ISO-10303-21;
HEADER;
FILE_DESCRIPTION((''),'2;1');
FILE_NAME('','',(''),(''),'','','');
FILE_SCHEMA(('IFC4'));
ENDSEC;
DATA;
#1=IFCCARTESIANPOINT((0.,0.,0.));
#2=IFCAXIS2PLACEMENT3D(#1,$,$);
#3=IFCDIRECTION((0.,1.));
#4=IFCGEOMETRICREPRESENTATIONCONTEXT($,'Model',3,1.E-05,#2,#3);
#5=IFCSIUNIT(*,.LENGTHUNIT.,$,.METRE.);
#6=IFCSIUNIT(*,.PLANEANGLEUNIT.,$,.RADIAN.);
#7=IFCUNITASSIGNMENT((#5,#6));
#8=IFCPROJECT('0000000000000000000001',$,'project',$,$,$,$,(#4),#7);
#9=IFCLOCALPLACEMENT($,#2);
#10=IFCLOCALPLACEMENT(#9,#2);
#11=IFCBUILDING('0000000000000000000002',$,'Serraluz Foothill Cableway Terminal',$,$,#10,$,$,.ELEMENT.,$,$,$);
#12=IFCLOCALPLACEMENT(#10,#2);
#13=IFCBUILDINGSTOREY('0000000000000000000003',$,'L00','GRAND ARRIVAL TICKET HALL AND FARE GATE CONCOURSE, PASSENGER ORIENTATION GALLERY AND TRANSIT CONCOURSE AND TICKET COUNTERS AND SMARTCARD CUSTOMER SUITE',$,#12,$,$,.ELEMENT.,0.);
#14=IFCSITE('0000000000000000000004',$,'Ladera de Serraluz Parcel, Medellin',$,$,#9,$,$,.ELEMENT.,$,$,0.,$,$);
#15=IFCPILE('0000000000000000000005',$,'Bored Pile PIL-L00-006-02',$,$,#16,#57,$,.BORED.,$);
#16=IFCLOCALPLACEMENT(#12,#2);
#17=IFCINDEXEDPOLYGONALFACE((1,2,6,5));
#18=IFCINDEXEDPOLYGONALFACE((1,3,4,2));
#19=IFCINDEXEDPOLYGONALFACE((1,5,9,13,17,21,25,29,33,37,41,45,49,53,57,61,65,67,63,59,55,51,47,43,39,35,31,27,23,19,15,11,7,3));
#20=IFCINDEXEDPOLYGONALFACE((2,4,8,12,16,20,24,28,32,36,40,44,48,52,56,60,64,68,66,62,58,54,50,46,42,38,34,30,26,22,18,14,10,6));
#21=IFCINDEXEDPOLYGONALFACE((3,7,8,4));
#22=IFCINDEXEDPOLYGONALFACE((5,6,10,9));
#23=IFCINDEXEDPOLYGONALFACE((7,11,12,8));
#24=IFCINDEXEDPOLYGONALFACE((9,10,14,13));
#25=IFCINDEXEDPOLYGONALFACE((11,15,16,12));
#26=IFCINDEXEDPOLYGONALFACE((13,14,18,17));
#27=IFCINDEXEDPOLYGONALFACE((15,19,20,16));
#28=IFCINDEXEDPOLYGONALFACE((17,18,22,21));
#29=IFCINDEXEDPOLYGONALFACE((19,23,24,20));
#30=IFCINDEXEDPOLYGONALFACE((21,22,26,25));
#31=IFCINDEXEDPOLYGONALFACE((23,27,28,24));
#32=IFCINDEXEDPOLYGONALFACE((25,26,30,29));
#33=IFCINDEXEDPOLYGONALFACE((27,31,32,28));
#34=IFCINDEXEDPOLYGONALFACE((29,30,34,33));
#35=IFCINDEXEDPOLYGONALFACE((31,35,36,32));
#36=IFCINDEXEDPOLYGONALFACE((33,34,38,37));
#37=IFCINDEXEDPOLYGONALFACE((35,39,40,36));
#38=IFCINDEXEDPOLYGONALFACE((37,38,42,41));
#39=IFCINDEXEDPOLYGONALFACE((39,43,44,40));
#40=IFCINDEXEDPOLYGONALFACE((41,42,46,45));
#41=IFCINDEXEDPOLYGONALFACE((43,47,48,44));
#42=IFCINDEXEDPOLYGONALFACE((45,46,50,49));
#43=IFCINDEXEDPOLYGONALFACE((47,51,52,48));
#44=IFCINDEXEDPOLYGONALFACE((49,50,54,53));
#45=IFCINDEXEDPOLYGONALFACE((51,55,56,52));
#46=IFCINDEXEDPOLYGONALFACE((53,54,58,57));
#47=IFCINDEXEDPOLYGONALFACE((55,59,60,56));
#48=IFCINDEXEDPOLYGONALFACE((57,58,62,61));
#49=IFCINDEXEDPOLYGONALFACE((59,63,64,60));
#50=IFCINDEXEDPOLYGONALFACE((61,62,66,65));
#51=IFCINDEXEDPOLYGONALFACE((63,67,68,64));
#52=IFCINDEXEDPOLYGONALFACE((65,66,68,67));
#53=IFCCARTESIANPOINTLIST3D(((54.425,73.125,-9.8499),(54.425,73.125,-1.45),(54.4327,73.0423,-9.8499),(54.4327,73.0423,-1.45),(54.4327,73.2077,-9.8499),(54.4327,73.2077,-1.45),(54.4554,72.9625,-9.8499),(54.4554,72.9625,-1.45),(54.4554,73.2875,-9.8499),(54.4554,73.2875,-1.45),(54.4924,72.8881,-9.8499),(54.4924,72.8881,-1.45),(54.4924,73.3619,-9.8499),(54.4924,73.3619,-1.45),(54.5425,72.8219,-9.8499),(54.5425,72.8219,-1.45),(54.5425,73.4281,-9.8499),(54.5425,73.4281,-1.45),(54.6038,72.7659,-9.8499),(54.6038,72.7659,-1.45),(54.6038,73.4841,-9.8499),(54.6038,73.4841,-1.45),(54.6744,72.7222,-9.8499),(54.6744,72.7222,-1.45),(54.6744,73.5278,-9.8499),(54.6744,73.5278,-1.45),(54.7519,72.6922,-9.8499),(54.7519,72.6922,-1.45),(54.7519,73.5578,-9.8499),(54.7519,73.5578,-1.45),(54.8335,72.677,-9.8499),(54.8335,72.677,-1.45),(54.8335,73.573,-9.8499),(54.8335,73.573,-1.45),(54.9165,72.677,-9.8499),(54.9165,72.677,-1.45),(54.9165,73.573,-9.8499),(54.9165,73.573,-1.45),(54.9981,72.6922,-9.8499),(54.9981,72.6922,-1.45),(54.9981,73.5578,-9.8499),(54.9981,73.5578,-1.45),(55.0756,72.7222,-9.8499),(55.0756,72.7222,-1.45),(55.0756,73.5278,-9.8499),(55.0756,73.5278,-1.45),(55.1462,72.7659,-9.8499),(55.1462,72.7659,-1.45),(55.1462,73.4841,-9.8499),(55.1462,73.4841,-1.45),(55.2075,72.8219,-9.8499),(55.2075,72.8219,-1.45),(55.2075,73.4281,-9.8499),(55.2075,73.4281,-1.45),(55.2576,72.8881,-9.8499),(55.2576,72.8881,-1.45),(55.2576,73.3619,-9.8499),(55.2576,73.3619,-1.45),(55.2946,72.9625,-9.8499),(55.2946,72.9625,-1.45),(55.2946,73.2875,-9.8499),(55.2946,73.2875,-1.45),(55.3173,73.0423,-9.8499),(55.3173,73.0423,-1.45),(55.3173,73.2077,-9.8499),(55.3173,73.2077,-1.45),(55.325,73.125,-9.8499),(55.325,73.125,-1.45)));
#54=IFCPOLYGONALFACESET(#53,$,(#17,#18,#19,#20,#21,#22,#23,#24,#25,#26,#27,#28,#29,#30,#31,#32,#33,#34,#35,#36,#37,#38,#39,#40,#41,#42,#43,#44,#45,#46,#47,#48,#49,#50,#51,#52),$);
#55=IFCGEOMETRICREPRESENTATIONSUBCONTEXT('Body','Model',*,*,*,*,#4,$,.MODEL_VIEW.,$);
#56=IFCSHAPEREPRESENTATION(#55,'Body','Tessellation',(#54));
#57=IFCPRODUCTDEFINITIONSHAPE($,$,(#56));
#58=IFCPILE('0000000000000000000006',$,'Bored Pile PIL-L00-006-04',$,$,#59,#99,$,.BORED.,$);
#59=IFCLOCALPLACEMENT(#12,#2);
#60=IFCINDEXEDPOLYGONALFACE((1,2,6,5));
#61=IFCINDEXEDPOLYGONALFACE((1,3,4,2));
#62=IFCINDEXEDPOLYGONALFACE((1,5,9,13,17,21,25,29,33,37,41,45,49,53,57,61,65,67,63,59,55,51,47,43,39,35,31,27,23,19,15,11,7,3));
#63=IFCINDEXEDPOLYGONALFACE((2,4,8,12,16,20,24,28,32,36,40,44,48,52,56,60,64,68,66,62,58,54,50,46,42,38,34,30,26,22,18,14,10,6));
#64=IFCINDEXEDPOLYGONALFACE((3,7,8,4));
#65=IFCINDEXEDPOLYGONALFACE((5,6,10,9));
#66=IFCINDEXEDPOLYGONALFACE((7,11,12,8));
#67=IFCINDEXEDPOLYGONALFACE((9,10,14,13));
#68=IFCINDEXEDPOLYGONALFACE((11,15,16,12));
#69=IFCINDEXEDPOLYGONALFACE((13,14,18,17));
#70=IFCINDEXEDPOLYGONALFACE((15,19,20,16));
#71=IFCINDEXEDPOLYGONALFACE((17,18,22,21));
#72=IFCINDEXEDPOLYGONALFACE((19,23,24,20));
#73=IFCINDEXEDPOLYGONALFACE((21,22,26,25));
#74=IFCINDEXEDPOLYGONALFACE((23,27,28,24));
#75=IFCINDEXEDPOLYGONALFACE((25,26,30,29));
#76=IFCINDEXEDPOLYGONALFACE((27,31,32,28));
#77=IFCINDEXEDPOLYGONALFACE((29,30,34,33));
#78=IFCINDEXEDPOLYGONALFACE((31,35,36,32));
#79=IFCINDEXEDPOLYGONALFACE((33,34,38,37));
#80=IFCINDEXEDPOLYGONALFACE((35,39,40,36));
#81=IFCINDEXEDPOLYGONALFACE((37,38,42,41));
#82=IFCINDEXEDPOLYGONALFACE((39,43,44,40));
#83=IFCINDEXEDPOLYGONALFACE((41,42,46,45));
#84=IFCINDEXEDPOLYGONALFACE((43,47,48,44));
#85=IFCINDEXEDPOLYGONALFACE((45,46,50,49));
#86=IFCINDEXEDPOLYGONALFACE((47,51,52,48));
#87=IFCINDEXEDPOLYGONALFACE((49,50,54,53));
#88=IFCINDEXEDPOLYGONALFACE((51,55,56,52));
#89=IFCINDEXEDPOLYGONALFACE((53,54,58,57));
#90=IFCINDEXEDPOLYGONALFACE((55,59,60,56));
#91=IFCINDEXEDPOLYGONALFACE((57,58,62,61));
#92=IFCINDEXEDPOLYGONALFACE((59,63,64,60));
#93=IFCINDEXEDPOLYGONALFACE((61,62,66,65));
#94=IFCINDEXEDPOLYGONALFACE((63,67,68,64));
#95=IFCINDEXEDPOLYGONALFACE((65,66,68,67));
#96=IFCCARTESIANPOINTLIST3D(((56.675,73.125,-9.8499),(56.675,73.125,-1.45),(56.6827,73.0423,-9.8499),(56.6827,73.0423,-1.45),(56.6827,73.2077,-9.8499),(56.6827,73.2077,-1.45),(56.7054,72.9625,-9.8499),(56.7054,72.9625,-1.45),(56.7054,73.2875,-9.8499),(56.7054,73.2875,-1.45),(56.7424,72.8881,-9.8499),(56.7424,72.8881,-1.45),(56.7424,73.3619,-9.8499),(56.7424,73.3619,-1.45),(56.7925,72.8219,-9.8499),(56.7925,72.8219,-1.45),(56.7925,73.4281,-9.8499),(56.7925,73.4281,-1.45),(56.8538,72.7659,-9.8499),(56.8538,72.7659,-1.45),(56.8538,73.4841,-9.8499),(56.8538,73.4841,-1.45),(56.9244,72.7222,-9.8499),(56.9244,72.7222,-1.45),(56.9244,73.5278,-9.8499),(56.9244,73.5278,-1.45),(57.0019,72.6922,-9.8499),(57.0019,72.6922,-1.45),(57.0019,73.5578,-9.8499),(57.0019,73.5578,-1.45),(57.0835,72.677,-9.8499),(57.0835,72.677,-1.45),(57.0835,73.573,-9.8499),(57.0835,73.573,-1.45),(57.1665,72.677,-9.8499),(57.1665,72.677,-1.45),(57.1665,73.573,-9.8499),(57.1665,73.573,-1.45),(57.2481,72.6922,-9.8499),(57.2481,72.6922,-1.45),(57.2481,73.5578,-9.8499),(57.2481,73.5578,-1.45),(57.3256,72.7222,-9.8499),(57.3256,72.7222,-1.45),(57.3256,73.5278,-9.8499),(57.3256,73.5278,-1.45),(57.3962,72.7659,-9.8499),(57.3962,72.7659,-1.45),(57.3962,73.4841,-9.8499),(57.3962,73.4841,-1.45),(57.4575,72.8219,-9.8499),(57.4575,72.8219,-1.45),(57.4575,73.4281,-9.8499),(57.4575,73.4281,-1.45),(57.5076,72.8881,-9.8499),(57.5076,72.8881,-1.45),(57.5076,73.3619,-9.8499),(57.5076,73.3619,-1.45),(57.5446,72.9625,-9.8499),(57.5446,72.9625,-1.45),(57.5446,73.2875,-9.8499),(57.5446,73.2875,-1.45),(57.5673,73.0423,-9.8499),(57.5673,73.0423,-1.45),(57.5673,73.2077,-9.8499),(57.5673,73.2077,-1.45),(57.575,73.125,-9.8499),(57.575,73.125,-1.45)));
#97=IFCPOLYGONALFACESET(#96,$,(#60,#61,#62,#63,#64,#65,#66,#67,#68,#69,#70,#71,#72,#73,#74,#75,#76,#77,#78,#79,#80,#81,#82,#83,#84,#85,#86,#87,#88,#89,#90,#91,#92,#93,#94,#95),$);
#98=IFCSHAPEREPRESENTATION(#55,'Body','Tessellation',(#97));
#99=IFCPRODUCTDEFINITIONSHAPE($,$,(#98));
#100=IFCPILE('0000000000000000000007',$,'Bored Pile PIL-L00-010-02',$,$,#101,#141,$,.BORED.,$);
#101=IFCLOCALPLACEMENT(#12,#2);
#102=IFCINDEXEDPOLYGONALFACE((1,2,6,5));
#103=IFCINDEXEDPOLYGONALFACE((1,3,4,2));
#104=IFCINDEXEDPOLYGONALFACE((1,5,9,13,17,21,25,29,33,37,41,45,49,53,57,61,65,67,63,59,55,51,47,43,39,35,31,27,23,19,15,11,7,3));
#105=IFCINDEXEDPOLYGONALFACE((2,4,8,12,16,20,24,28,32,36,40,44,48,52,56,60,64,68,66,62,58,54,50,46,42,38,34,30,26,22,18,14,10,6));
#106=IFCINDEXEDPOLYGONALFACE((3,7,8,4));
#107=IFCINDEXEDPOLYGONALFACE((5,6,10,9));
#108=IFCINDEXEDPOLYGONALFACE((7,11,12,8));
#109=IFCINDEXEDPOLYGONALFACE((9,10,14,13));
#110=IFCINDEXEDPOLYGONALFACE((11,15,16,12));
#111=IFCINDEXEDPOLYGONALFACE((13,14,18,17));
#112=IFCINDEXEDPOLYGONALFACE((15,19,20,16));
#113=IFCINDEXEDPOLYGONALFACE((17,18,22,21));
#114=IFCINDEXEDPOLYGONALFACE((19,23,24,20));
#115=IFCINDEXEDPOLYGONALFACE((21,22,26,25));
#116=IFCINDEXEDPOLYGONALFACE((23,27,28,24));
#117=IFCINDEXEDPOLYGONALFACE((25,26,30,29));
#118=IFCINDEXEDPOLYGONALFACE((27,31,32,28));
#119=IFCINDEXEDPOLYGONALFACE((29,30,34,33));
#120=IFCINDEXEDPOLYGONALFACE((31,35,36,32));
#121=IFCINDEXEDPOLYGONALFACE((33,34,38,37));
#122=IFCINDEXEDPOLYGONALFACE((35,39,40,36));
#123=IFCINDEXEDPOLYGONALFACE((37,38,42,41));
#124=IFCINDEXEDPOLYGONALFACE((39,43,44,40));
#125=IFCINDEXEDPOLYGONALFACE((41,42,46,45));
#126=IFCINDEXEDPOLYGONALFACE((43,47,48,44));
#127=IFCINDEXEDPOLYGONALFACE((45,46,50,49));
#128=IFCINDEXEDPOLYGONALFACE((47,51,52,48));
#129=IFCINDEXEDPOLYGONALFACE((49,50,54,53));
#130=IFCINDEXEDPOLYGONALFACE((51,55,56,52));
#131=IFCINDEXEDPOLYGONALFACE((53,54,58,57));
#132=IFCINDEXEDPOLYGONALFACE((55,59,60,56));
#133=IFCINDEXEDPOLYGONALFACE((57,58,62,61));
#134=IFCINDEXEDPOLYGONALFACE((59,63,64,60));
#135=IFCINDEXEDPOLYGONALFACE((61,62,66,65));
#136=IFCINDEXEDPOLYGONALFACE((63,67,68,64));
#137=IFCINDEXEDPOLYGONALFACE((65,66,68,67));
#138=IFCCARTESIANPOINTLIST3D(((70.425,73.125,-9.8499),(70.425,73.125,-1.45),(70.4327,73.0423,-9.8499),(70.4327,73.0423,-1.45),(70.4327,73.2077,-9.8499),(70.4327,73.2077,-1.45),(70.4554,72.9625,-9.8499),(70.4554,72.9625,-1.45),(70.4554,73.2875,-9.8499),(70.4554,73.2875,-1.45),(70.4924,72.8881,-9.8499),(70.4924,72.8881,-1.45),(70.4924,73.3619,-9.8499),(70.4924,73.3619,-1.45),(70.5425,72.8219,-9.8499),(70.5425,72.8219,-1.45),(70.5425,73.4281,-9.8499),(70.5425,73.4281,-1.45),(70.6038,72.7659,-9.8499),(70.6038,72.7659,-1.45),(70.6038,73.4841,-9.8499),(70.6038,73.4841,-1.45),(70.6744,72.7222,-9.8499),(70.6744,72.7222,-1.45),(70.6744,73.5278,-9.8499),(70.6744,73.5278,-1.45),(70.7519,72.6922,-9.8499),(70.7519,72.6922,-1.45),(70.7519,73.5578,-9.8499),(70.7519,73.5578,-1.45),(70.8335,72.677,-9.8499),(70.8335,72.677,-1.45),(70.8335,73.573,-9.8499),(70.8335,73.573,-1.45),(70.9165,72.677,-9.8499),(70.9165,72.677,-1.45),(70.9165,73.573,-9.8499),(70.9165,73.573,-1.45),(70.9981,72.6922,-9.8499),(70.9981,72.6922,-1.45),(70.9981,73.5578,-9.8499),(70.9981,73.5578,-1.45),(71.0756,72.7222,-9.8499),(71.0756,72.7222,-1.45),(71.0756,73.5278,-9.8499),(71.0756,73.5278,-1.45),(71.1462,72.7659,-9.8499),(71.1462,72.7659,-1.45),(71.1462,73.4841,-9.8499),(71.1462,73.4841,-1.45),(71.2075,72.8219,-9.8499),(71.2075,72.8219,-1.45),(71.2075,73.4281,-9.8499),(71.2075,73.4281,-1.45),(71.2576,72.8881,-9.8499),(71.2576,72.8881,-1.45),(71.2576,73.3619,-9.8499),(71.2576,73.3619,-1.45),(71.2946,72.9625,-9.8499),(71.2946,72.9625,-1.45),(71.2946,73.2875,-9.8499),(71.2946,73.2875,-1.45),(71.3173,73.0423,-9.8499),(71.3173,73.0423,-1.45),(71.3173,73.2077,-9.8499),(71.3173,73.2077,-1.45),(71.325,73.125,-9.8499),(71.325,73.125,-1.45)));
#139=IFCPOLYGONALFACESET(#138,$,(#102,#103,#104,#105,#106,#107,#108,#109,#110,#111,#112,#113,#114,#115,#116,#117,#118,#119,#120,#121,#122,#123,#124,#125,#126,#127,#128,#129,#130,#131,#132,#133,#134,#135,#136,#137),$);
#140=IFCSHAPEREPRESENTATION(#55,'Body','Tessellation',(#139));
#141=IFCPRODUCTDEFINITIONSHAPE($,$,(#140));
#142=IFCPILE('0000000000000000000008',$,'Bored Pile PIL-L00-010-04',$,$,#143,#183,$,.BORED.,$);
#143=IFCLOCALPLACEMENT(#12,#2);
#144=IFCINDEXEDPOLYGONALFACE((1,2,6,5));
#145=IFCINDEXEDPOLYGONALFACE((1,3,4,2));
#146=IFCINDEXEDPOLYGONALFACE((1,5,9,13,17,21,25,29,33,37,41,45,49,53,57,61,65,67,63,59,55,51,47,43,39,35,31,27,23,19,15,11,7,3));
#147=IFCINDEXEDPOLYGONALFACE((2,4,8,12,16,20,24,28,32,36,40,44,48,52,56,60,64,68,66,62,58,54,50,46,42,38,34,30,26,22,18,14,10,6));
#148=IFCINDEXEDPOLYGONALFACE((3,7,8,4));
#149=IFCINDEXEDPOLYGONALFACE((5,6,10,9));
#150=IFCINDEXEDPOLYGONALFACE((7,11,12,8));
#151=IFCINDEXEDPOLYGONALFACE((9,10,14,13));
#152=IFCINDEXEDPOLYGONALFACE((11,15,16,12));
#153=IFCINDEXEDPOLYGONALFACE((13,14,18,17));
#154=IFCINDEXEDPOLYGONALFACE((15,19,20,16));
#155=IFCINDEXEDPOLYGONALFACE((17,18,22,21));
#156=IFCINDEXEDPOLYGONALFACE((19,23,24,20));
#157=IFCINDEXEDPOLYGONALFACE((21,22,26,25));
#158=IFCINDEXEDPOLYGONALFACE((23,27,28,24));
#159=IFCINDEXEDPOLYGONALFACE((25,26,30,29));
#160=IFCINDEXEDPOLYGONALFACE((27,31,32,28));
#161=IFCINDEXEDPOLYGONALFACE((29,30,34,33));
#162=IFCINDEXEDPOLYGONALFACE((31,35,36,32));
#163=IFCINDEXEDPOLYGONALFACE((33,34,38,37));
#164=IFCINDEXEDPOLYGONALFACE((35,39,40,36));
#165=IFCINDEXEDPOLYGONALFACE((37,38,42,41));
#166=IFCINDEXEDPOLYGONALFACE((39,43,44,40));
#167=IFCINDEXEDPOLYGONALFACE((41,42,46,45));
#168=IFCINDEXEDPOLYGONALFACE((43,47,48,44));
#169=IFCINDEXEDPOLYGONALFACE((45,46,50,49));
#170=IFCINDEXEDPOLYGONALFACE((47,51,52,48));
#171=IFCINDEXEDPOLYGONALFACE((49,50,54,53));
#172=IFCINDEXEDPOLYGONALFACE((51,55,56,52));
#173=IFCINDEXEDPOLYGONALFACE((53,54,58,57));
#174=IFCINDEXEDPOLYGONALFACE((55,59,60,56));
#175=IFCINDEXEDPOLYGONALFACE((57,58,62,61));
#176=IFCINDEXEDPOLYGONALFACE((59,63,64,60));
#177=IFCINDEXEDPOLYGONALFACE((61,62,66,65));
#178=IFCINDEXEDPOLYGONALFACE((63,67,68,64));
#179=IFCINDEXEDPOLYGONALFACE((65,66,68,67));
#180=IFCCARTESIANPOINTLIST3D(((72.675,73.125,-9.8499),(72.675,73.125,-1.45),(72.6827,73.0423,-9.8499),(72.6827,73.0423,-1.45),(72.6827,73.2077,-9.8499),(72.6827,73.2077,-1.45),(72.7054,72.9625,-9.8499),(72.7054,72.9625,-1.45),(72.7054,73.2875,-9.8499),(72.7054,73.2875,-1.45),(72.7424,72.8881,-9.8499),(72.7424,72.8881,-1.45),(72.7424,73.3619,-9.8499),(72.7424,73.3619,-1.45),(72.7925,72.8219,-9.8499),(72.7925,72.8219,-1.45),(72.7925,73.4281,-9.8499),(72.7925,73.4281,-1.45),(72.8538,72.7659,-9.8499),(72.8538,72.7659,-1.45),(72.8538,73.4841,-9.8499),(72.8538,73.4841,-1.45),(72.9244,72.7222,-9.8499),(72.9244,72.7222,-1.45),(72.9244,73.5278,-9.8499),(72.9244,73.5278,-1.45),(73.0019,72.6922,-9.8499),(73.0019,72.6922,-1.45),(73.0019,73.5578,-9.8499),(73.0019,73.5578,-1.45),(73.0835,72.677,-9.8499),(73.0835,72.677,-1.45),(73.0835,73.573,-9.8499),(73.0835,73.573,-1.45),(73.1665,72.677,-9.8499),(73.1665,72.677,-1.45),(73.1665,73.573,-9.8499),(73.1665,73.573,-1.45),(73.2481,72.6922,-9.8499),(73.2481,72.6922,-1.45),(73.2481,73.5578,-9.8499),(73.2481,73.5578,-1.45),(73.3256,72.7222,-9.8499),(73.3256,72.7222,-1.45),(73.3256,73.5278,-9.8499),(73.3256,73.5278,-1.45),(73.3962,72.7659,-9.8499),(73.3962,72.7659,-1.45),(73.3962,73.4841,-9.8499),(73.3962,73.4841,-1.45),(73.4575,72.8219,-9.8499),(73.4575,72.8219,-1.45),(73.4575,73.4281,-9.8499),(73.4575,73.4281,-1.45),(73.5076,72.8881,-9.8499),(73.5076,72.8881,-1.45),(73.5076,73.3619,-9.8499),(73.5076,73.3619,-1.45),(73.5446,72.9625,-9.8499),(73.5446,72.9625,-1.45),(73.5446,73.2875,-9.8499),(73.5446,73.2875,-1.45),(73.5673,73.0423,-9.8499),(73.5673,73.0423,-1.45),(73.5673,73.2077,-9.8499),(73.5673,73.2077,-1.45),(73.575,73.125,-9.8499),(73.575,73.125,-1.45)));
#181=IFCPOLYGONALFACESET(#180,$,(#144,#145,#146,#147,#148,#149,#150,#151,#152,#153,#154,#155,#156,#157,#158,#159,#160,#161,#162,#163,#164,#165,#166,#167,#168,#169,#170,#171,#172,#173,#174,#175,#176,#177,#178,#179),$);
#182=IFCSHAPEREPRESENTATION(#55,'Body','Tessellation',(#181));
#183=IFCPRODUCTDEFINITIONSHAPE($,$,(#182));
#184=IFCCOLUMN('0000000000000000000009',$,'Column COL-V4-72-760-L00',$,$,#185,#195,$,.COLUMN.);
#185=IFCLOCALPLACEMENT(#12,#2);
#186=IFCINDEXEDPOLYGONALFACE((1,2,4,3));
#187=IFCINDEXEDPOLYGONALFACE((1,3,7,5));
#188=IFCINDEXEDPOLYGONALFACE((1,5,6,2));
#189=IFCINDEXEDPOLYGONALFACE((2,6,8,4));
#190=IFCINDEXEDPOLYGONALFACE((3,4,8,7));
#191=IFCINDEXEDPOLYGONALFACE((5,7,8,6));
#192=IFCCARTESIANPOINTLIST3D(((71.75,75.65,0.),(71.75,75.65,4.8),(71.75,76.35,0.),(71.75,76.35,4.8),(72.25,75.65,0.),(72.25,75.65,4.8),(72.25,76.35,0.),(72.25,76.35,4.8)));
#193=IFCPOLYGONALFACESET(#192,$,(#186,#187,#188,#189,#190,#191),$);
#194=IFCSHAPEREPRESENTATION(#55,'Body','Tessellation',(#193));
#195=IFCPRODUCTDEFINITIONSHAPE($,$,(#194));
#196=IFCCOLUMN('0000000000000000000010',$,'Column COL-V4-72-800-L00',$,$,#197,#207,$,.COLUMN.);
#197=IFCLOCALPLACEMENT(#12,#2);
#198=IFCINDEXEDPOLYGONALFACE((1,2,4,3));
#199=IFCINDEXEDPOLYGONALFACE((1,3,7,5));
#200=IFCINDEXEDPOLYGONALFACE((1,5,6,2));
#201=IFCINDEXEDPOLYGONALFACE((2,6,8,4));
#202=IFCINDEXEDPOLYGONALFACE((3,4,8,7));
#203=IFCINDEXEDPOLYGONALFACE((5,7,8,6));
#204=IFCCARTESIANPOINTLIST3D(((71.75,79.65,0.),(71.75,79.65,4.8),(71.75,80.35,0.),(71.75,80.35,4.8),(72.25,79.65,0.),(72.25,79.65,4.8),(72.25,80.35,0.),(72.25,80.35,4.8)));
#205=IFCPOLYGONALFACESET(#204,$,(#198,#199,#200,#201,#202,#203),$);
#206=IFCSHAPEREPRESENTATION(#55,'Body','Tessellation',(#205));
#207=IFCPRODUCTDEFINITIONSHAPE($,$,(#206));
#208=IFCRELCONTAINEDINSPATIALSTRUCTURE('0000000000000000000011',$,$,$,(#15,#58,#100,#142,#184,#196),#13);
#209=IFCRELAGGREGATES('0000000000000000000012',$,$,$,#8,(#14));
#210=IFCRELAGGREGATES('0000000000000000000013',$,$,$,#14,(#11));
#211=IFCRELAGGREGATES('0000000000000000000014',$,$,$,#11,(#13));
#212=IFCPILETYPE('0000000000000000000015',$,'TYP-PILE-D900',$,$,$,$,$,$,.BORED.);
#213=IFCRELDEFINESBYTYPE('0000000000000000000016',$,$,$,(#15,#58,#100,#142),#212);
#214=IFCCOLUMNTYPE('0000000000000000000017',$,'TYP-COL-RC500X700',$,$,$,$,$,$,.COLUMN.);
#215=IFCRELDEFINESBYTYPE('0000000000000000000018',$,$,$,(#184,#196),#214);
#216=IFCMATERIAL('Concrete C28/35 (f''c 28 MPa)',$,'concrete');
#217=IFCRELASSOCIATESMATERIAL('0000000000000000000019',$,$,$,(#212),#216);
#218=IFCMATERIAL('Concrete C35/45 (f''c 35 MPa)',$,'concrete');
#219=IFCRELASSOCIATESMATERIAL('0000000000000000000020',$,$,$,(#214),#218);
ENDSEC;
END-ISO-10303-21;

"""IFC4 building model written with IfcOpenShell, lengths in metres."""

from ifc_helpers import new_model, si_unit, direction, frame, origin, origin_2d, place, context, subcontext, project, spatial, rectangle, circle, extrude, material, material_profile, profile_set, type_object, element, save


model = new_model("IFC4")

# Units and contexts
model_context = context("Model", 3, precision=1e-05, world=origin(), true_north=direction((0.0, 1.0)))
body_context = subcontext(model_context, "Body", "Model", "MODEL_VIEW")
ifc_project = project(units=[si_unit("LENGTHUNIT", "METRE"), si_unit("PLANEANGLEUNIT", "RADIAN")], contexts=[model_context])

# Site, building, storey
site_placement = place(None, origin())
site = spatial("IfcSite", under=ifc_project, at=site_placement, Name="Ladera de Serraluz Parcel, Medellin", CompositionType="ELEMENT", RefElevation=0.0)
building_placement = place(site_placement, origin())
building = spatial("IfcBuilding", under=site, at=building_placement, Name="Serraluz Foothill Cableway Terminal", CompositionType="ELEMENT")
storey_placement = place(building_placement, origin())
storey = spatial("IfcBuildingStorey", under=building, at=storey_placement, Name="L00", Description="GRAND ARRIVAL TICKET HALL AND FARE GATE CONCOURSE, PASSENGER ORIENTATION GALLERY AND TRANSIT CONCOURSE AND TICKET COUNTERS AND SMARTCARD CUSTOMER SUITE", CompositionType="ELEMENT", Elevation=0.0)

# Piles
ifc_material_1 = material(Name="Concrete C28/35 (f'c 28 MPa)", Category="concrete")
ifc_material_profile_1 = material_profile(ifc_material_1, circle(Radius=0.45, at=origin_2d()), Name="BORED PILE D900")
ifc_profile_set_1 = profile_set([ifc_material_profile_1], Name="Concrete C28/35 (f'c 28 MPa)")
pile_type_1 = type_object("IfcPileType", Name="TYP-PILE-D900", PredefinedType="BORED", material=ifc_profile_set_1)
for number, where, z_axis, x_axis, name in (
    (1, (54.875, 73.125, -1.45), (0.0, 0.0, -1.0), (1.0, 0.0, 0.0), "Bored Pile PIL-L00-006-02"),
    (2, (57.125, 73.125, -1.45), (0.0, 0.0, -1.0), (1.0, 0.0, 0.0), "Bored Pile PIL-L00-006-04"),
    (3, (70.875, 73.125, -1.45), (0.0, 0.0, -1.0), (1.0, 0.0, 0.0), "Bored Pile PIL-L00-010-02"),
    (4, (73.125, 73.125, -1.45), (0.0, 0.0, -1.0), (1.0, 0.0, 0.0), "Bored Pile PIL-L00-010-04"),
):
    element("IfcPile", number, at=place(storey_placement, frame(where, z_axis=z_axis, x_axis=x_axis)), inside=storey, type_object=pile_type_1, Name=name, PredefinedType="BORED", context=body_context, shape_type="SweptSolid", body=[
        extrude(circle(Radius=0.45, at=origin_2d()), origin(), (0.0, 0.0, 1.0), 8.3999),
    ])

# Columns
ifc_material_2 = material(Name="Concrete C35/45 (f'c 35 MPa)", Category="concrete")
ifc_material_profile_2 = material_profile(ifc_material_2, rectangle(XDim=0.5, YDim=0.7, at=origin_2d()), Name="RC 500x700")
ifc_profile_set_2 = profile_set([ifc_material_profile_2], Name="Concrete C35/45 (f'c 35 MPa)")
column_type_1 = type_object("IfcColumnType", Name="TYP-COL-RC500X700", PredefinedType="COLUMN", material=ifc_profile_set_2)
for number, where, z_axis, x_axis, name in (
    (5, (72.0, 76.0, 0.0), (0.0, 0.0, 1.0), (1.0, 0.0, 0.0), "Column COL-V4-72-760-L00"),
    (6, (72.0, 80.0, 0.0), (0.0, 0.0, 1.0), (1.0, 0.0, 0.0), "Column COL-V4-72-800-L00"),
):
    element("IfcColumn", number, at=place(storey_placement, frame(where, z_axis=z_axis, x_axis=x_axis)), inside=storey, type_object=column_type_1, Name=name, PredefinedType="COLUMN", context=body_context, shape_type="SweptSolid", body=[
        extrude(rectangle(XDim=0.5, YDim=0.7, at=origin_2d()), origin(), (0.0, 0.0, 1.0), 4.8),
    ])

save(model, "model.ifc")
